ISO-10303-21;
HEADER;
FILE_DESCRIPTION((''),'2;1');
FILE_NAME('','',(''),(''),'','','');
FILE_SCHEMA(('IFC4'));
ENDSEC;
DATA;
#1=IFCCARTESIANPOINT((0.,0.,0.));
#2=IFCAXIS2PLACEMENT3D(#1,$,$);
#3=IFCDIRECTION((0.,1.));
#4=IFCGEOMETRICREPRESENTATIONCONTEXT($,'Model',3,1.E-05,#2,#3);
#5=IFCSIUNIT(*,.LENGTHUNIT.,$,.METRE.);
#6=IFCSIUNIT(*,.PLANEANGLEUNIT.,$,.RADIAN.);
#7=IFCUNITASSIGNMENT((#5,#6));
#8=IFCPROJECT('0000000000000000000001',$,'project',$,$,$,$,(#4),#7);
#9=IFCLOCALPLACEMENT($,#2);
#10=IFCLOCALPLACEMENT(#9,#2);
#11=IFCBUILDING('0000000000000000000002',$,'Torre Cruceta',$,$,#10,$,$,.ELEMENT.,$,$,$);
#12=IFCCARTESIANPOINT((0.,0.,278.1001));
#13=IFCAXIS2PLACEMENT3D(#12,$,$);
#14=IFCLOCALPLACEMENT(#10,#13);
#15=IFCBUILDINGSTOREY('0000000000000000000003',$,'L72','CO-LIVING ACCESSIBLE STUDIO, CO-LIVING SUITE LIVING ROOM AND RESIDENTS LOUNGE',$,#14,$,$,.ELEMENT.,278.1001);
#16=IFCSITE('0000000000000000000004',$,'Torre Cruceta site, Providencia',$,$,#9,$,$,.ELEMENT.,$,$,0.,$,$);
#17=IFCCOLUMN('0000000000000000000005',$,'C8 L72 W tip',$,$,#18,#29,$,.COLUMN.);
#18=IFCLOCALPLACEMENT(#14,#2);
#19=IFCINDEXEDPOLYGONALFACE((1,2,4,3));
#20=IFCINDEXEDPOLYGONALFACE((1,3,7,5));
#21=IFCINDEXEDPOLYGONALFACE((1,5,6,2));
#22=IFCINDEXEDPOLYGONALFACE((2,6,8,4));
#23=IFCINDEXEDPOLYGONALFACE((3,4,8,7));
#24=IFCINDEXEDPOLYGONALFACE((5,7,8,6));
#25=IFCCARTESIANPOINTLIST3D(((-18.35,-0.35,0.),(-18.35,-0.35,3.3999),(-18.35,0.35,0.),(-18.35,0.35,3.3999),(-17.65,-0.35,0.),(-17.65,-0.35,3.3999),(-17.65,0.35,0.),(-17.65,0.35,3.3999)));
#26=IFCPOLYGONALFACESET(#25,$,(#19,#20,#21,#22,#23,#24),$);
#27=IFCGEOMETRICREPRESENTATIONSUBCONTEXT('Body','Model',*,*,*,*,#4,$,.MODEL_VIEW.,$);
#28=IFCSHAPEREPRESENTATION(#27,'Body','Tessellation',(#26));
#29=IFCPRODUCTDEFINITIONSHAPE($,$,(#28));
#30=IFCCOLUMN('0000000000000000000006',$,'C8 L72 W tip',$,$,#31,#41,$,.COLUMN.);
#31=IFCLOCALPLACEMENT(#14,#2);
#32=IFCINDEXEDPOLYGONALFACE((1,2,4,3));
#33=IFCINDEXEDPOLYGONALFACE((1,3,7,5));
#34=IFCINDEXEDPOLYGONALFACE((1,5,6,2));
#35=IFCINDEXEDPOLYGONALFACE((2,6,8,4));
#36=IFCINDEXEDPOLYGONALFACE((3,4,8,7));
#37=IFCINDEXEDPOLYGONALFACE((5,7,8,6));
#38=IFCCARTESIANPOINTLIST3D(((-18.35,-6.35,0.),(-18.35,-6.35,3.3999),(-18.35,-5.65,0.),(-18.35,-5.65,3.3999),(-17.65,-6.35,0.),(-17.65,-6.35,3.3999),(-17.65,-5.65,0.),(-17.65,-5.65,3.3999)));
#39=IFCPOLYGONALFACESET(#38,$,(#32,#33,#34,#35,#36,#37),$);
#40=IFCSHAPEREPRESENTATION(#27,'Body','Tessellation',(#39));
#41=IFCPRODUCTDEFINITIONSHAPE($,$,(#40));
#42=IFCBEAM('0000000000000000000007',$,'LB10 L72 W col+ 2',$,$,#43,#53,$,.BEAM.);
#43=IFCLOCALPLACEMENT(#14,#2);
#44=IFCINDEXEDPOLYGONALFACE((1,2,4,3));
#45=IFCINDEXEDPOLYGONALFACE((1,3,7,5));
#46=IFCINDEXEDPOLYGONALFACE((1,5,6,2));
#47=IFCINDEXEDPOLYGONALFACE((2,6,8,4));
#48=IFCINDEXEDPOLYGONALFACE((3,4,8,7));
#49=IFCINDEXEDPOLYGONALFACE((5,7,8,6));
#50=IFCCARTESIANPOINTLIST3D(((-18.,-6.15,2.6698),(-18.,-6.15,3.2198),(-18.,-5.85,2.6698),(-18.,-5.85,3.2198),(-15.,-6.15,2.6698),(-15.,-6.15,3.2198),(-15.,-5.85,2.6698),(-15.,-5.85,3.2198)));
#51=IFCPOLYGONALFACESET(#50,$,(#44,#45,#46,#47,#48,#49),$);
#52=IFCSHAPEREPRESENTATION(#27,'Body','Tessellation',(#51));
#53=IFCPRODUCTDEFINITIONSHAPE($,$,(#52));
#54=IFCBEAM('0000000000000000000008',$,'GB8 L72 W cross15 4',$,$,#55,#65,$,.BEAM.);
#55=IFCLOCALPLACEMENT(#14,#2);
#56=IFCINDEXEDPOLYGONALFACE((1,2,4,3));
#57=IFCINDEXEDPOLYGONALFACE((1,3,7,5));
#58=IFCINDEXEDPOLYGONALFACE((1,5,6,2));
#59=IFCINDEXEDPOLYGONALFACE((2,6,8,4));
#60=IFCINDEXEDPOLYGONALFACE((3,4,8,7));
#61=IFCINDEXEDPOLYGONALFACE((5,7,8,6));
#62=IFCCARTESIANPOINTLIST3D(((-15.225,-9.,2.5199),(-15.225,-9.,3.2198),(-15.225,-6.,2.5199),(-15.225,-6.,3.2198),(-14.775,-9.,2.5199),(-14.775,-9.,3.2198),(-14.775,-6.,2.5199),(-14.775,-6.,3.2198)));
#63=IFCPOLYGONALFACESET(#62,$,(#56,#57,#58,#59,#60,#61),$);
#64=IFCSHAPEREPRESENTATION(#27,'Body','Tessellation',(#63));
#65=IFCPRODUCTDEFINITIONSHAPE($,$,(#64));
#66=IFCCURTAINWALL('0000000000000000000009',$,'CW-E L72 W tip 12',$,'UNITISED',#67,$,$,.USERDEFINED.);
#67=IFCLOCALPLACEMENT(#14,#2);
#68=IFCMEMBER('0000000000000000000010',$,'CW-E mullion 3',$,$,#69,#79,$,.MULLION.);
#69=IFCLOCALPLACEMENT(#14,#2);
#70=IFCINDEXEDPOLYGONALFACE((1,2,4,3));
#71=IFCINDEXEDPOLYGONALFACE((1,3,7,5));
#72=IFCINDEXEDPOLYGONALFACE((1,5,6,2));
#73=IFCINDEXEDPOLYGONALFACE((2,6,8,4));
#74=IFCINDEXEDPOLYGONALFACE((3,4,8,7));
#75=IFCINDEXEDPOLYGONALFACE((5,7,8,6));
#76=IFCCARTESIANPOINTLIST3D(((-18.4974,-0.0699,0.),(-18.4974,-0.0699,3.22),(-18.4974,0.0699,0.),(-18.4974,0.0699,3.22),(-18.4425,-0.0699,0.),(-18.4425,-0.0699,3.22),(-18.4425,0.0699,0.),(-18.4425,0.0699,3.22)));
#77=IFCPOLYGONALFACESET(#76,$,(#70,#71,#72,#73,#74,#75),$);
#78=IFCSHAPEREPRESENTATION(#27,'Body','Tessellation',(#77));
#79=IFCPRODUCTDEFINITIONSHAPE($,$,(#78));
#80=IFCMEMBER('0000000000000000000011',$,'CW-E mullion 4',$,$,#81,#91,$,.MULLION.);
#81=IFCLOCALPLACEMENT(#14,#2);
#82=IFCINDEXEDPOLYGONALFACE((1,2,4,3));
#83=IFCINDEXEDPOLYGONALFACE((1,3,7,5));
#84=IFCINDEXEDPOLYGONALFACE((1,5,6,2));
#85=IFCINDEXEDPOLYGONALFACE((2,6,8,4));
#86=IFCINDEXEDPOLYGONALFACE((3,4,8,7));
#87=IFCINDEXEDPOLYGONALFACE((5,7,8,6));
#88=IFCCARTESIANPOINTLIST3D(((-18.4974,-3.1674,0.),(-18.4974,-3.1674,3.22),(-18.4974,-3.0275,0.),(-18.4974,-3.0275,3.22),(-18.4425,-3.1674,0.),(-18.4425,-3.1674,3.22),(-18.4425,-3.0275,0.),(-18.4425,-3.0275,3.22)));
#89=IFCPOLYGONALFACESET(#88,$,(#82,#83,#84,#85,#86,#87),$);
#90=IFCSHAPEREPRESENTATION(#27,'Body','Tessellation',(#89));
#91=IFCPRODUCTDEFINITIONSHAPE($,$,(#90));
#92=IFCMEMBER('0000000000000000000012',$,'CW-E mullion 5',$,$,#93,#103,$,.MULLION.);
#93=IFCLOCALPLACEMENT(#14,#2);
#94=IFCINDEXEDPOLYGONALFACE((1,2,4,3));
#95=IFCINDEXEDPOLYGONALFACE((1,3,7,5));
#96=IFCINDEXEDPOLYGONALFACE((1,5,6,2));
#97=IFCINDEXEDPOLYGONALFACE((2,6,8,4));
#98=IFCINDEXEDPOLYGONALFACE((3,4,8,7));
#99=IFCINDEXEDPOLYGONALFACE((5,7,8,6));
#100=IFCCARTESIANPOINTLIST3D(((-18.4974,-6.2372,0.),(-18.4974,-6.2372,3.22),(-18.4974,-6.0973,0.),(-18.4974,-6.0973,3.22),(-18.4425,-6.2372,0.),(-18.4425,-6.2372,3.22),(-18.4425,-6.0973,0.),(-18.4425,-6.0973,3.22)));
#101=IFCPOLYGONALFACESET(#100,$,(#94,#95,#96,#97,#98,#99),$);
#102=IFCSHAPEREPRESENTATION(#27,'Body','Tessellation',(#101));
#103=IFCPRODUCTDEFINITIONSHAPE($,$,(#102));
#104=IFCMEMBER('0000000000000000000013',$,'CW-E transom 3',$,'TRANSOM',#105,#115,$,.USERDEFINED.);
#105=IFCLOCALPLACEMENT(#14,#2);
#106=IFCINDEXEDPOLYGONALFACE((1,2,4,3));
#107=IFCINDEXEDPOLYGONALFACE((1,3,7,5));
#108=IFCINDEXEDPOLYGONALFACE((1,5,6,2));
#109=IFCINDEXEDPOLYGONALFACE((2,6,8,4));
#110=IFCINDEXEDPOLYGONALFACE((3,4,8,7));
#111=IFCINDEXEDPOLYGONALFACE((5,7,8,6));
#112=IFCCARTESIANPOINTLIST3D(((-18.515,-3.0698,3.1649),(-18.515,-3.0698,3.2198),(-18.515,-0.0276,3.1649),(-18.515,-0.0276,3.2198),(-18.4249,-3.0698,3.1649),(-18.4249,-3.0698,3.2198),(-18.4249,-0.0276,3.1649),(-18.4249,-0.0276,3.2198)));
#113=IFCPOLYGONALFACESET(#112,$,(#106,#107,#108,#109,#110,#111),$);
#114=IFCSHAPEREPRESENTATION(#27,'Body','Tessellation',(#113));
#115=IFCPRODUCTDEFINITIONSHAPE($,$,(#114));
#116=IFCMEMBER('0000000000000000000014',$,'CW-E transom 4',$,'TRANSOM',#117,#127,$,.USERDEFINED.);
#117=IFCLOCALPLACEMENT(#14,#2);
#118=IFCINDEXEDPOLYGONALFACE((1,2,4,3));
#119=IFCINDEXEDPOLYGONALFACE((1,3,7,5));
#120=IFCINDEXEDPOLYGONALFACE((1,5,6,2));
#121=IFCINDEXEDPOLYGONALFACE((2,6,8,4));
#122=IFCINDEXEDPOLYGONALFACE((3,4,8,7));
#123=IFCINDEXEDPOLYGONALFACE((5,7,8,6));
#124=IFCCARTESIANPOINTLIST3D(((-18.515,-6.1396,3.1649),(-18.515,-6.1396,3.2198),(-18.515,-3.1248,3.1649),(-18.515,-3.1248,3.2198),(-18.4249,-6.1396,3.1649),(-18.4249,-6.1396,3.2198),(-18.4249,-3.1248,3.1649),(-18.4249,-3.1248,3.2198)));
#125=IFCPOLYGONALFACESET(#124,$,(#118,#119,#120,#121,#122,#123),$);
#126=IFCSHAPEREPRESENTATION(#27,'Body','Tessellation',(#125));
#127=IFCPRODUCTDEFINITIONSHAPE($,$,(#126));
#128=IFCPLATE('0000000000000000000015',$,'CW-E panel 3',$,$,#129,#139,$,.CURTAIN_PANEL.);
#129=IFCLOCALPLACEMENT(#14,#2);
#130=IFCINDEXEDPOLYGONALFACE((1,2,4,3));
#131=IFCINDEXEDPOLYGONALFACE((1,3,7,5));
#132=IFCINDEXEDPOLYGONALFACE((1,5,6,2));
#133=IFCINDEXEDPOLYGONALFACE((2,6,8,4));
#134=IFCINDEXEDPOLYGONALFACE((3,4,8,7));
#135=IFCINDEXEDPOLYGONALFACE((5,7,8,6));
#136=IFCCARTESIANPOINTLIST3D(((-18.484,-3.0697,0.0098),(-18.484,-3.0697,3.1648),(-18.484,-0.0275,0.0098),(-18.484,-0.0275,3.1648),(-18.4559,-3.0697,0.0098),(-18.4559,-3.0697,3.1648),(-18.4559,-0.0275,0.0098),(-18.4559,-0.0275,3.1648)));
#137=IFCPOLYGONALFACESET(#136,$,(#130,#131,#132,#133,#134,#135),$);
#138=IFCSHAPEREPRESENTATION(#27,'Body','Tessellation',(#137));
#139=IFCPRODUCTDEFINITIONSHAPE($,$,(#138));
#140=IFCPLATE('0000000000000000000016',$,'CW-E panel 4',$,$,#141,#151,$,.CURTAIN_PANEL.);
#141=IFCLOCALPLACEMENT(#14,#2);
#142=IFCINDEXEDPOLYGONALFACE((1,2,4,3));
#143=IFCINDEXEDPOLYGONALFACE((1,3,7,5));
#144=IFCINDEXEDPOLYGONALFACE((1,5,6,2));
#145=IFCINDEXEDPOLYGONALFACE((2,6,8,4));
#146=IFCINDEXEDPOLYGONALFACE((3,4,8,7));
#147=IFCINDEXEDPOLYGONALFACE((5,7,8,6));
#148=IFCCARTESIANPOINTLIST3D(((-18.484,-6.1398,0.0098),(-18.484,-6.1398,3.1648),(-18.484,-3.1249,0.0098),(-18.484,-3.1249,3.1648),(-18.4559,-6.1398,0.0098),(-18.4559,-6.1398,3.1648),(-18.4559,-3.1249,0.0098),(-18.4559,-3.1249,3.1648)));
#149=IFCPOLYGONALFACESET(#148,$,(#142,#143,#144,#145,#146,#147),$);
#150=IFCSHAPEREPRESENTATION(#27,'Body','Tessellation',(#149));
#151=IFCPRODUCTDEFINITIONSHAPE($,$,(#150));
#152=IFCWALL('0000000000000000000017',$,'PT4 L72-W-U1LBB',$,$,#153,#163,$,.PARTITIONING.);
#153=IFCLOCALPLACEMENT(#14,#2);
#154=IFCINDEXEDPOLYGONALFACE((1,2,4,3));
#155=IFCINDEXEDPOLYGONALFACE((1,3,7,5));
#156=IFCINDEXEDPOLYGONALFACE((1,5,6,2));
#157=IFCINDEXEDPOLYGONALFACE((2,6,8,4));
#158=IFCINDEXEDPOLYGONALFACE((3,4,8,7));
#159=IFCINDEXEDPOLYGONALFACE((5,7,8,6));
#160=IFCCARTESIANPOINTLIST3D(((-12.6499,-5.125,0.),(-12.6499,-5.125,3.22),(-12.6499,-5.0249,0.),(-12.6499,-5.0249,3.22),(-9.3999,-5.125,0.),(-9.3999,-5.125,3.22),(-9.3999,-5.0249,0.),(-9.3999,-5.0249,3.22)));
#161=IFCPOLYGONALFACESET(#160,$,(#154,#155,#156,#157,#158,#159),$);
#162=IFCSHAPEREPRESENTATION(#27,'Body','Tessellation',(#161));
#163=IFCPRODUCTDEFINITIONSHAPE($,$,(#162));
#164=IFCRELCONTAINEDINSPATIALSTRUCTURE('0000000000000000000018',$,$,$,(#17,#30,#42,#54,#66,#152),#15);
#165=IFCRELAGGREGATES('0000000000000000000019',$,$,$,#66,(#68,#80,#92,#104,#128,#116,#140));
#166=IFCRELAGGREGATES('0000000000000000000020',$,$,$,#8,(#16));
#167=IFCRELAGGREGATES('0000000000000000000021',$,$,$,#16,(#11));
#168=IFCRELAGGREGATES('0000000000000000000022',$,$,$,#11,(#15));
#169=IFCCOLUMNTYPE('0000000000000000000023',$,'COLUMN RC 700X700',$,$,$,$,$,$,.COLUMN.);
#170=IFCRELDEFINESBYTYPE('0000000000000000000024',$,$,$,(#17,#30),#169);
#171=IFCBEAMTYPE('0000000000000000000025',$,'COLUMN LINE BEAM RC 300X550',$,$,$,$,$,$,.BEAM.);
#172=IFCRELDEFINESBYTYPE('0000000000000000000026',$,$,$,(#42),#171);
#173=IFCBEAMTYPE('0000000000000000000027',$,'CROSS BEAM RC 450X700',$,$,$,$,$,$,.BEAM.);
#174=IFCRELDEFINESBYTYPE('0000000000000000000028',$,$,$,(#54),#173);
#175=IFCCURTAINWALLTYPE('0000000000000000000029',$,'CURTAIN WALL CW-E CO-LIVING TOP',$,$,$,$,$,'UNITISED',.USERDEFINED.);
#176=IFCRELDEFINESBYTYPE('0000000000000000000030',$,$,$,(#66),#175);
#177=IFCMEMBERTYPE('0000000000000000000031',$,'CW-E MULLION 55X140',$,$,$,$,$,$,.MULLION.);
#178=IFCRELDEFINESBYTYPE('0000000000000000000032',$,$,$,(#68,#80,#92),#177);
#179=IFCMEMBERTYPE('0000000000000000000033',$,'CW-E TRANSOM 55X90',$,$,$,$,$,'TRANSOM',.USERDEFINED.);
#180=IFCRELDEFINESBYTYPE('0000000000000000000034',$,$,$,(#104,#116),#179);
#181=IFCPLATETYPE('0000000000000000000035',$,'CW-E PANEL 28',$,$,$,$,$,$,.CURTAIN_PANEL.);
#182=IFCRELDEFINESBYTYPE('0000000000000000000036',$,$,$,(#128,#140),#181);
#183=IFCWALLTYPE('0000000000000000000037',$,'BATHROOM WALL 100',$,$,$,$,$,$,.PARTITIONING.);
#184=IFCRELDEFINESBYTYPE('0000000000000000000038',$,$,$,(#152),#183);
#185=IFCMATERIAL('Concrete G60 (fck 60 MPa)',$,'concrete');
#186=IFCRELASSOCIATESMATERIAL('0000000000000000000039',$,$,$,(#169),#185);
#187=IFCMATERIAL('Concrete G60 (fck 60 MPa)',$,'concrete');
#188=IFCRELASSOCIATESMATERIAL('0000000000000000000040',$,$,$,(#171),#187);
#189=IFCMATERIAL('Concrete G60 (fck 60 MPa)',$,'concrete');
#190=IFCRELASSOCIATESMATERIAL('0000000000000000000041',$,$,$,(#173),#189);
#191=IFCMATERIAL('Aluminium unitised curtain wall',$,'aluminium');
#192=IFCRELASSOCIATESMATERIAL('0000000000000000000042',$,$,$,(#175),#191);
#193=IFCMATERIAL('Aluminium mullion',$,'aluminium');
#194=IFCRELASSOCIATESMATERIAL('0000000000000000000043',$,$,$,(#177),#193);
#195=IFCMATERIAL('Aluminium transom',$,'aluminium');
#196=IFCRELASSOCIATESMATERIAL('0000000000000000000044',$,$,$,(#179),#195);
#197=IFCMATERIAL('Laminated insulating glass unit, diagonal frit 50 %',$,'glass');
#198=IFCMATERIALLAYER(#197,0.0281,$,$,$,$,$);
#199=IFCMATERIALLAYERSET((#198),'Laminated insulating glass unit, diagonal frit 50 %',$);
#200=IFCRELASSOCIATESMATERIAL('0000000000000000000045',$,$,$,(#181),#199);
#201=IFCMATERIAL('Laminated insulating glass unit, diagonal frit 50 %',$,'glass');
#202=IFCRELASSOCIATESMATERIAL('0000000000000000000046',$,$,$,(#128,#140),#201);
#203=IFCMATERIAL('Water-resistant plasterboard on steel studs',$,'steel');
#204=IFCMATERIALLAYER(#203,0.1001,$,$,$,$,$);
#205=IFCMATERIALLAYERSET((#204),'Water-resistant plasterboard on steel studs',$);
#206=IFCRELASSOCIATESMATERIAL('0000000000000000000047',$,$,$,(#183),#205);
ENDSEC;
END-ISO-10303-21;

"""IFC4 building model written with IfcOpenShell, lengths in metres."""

from ifc_helpers import new_model, si_unit, direction, frame, frame_2d, origin, origin_2d, place, context, subcontext, project, spatial, rectangle, extrude, material, layer, layer_set, material_profile, profile_set, type_object, element, aggregate, save


model = new_model("IFC4")

# Units and contexts
model_context = context("Model", 3, precision=1e-05, world=origin(), true_north=direction((0.0, 1.0)))
body_context = subcontext(model_context, "Body", "Model", "MODEL_VIEW")
ifc_project = project(units=[si_unit("LENGTHUNIT", "METRE"), si_unit("PLANEANGLEUNIT", "RADIAN")], contexts=[model_context])

# Site, building, storey
site_placement = place(None, origin())
site = spatial("IfcSite", under=ifc_project, at=site_placement, Name="Torre Cruceta site, Providencia", CompositionType="ELEMENT", RefElevation=0.0)
building_placement = place(site_placement, origin())
building = spatial("IfcBuilding", under=site, at=building_placement, Name="Torre Cruceta", CompositionType="ELEMENT")
storey_placement = place(building_placement, frame((0.0, 0.0, 278.1001)))
storey = spatial("IfcBuildingStorey", under=building, at=storey_placement, Name="L72", Description="CO-LIVING ACCESSIBLE STUDIO, CO-LIVING SUITE LIVING ROOM AND RESIDENTS LOUNGE", CompositionType="ELEMENT", Elevation=278.1001)

# Columns
ifc_material_1 = material(Name="Concrete G60 (fck 60 MPa)", Category="concrete")
ifc_material_profile_1 = material_profile(ifc_material_1, rectangle(XDim=0.7, YDim=0.7, at=origin_2d()), Name="RC 700X700")
ifc_profile_set_1 = profile_set([ifc_material_profile_1], Name="Concrete G60 (fck 60 MPa)")
column_type = type_object("IfcColumnType", Name="COLUMN RC 700X700", PredefinedType="COLUMN", material=ifc_profile_set_1)
for number, where, z_axis, x_axis, name in (
    (1, (-18.0, 0.0, 0.0), (0.0, 0.0, 1.0), (1.0, 0.0, 0.0), "C8 L72 W tip"),
    (2, (-18.0, -6.0, 0.0), (0.0, 0.0, 1.0), (1.0, 0.0, 0.0), "C8 L72 W tip"),
):
    element("IfcColumn", number, at=place(storey_placement, frame(where, z_axis=z_axis, x_axis=x_axis)), inside=storey, type_object=column_type, Name=name, PredefinedType="COLUMN", context=body_context, shape_type="SweptSolid", body=[
        extrude(rectangle(XDim=0.7, YDim=0.7, at=origin_2d()), origin(), (0.0, 0.0, 1.0), 3.3999),
    ])

# Beams
ifc_material_2 = material(Name="Concrete G60 (fck 60 MPa)", Category="concrete")
ifc_material_profile_2 = material_profile(ifc_material_2, rectangle(XDim=0.3, YDim=0.55, at=origin_2d()), Name="RC 300X550")
ifc_profile_set_2 = profile_set([ifc_material_profile_2], Name="Concrete G60 (fck 60 MPa)")
beam_type_1 = type_object("IfcBeamType", Name="COLUMN LINE BEAM RC 300X550", PredefinedType="BEAM", material=ifc_profile_set_2)
beam_1_placement = place(storey_placement, frame((-15.0, -6.0, 2.9448), z_axis=(-1.0, 0.0, 0.0), x_axis=(0.0, -1.0, 0.0)))
element("IfcBeam", 3, at=beam_1_placement, inside=storey, type_object=beam_type_1, Name="LB10 L72 W col+ 2", PredefinedType="BEAM", context=body_context, shape_type="SweptSolid", body=[
    extrude(rectangle(XDim=0.3, YDim=0.55, at=origin_2d()), origin(), (0.0, 0.0, 1.0), 3.0),
])
ifc_material_3 = material(Name="Concrete G60 (fck 60 MPa)", Category="concrete")
ifc_material_profile_3 = material_profile(ifc_material_3, rectangle(XDim=0.45, YDim=0.7, at=origin_2d()), Name="RC 450X700")
ifc_profile_set_3 = profile_set([ifc_material_profile_3], Name="Concrete G60 (fck 60 MPa)")
beam_type_2 = type_object("IfcBeamType", Name="CROSS BEAM RC 450X700", PredefinedType="BEAM", material=ifc_profile_set_3)
beam_2_placement = place(storey_placement, frame((-15.0, -6.0, 2.8699), z_axis=(0.0, -1.0, 0.0), x_axis=(1.0, 0.0, 0.0)))
element("IfcBeam", 4, at=beam_2_placement, inside=storey, type_object=beam_type_2, Name="GB8 L72 W cross15 4", PredefinedType="BEAM", context=body_context, shape_type="SweptSolid", body=[
    extrude(rectangle(XDim=0.45, YDim=0.7, at=origin_2d()), origin(), (0.0, 0.0, 1.0), 3.0),
])

# Curtain wall, members, plates
ifc_material_4 = material(Name="Aluminium unitised curtain wall", Category="aluminium")
curtain_wall_type = type_object("IfcCurtainWallType", Name="CURTAIN WALL CW-E CO-LIVING TOP", ElementType="UNITISED", PredefinedType="USERDEFINED", material=ifc_material_4)
curtain_wall_placement = place(storey_placement, origin())
curtain_wall = element("IfcCurtainWall", 5, at=curtain_wall_placement, inside=storey, type_object=curtain_wall_type, Name="CW-E L72 W tip 12", ObjectType="UNITISED", PredefinedType="USERDEFINED")
ifc_material_5 = material(Name="Aluminium mullion", Category="aluminium")
ifc_material_profile_4 = material_profile(ifc_material_5, rectangle(XDim=0.0549, YDim=0.1399, at=origin_2d()), Name="AL 55X140")
ifc_profile_set_4 = profile_set([ifc_material_profile_4], Name="Aluminium mullion")
member_type_1 = type_object("IfcMemberType", Name="CW-E MULLION 55X140", PredefinedType="MULLION", material=ifc_profile_set_4)
member_1_placement = place(storey_placement, frame((-18.47, 0.0, 0.0), z_axis=(0.0, 0.0, 1.0), x_axis=(1.0, 0.0, 0.0)))
member_1 = element("IfcMember", 6, at=member_1_placement, type_object=member_type_1, Name="CW-E mullion 3", PredefinedType="MULLION", context=body_context, shape_type="SweptSolid", body=[
    extrude(rectangle(XDim=0.0549, YDim=0.1399, at=origin_2d()), origin(), (0.0, 0.0, 1.0), 3.22),
])
member_2_placement = place(storey_placement, frame((-18.47, -3.0974, 0.0), z_axis=(0.0, 0.0, 1.0), x_axis=(1.0, 0.0, 0.0)))
member_2 = element("IfcMember", 7, at=member_2_placement, type_object=member_type_1, Name="CW-E mullion 4", PredefinedType="MULLION", context=body_context, shape_type="SweptSolid", body=[
    extrude(rectangle(XDim=0.0549, YDim=0.1399, at=origin_2d()), origin(), (0.0, 0.0, 1.0), 3.22),
])
member_3_placement = place(storey_placement, frame((-18.47, -6.1672, 0.0), z_axis=(0.0, 0.0, 1.0), x_axis=(1.0, 0.0, 0.0)))
member_3 = element("IfcMember", 8, at=member_3_placement, type_object=member_type_1, Name="CW-E mullion 5", PredefinedType="MULLION", context=body_context, shape_type="SweptSolid", body=[
    extrude(rectangle(XDim=0.0549, YDim=0.1399, at=origin_2d()), origin(), (0.0, 0.0, 1.0), 3.22),
])
ifc_material_6 = material(Name="Aluminium transom", Category="aluminium")
ifc_material_profile_5 = material_profile(ifc_material_6, rectangle(XDim=0.0901, YDim=0.0549, at=origin_2d()), Name="AL 90X55")
ifc_profile_set_5 = profile_set([ifc_material_profile_5], Name="Aluminium transom")
member_type_2 = type_object("IfcMemberType", Name="CW-E TRANSOM 55X90", ElementType="TRANSOM", PredefinedType="USERDEFINED", material=ifc_profile_set_5)
member_4_placement = place(storey_placement, frame((-18.47, -0.0276, 3.1924), z_axis=(0.0, -1.0, 0.0), x_axis=(1.0, 0.0, 0.0)))
member_4 = element("IfcMember", 9, at=member_4_placement, type_object=member_type_2, Name="CW-E transom 3", ObjectType="TRANSOM", PredefinedType="USERDEFINED", context=body_context, shape_type="SweptSolid", body=[
    extrude(rectangle(XDim=0.0901, YDim=0.0549, at=origin_2d()), origin(), (0.0, 0.0, 1.0), 3.0422),
])
member_5_placement = place(storey_placement, frame((-18.47, -3.1248, 3.1924), z_axis=(0.0, -1.0, 0.0), x_axis=(1.0, 0.0, 0.0)))
member_5 = element("IfcMember", 10, at=member_5_placement, type_object=member_type_2, Name="CW-E transom 4", ObjectType="TRANSOM", PredefinedType="USERDEFINED", context=body_context, shape_type="SweptSolid", body=[
    extrude(rectangle(XDim=0.0901, YDim=0.0549, at=origin_2d()), origin(), (0.0, 0.0, 1.0), 3.0149),
])
ifc_material_7 = material(Name="Laminated insulating glass unit, diagonal frit 50 %", Category="glass")
ifc_material_8 = material(Name="Laminated insulating glass unit, diagonal frit 50 %", Category="glass")
ifc_layer_1 = layer(ifc_material_8, 0.0281)
ifc_layer_set_1 = layer_set([ifc_layer_1], Name="Laminated insulating glass unit, diagonal frit 50 %")
plate_type = type_object("IfcPlateType", Name="CW-E PANEL 28", PredefinedType="CURTAIN_PANEL", material=ifc_layer_set_1)
plate_1_placement = place(storey_placement, frame((-18.47, -1.5486, 0.0098), z_axis=(0.0, 0.0, 1.0), x_axis=(0.0, -1.0, 0.0)))
plate_1 = element("IfcPlate", 11, at=plate_1_placement, type_object=plate_type, material=ifc_material_7, Name="CW-E panel 3", PredefinedType="CURTAIN_PANEL", context=body_context, shape_type="SweptSolid", body=[
    extrude(rectangle(XDim=3.0422, YDim=0.0281, at=origin_2d()), origin(), (0.0, 0.0, 1.0), 3.155),
])
plate_2_placement = place(storey_placement, frame((-18.47, -4.6323, 0.0098), z_axis=(0.0, 0.0, 1.0), x_axis=(0.0, -1.0, 0.0)))
plate_2 = element("IfcPlate", 12, at=plate_2_placement, type_object=plate_type, material=ifc_material_7, Name="CW-E panel 4", PredefinedType="CURTAIN_PANEL", context=body_context, shape_type="SweptSolid", body=[
    extrude(rectangle(XDim=3.0149, YDim=0.0281, at=origin_2d()), origin(), (0.0, 0.0, 1.0), 3.155),
])
aggregate(curtain_wall, [member_1, member_2, member_3, member_4, plate_1, member_5, plate_2])

# Wall
ifc_material_9 = material(Name="Water-resistant plasterboard on steel studs", Category="steel")
ifc_layer_2 = layer(ifc_material_9, 0.1001)
ifc_layer_set_2 = layer_set([ifc_layer_2], Name="Water-resistant plasterboard on steel studs")
wall_type_1 = type_object("IfcWallType", Name="BATHROOM WALL 100", PredefinedType="PARTITIONING", material=ifc_layer_set_2)
wall_1_placement = place(storey_placement, frame((-9.3999, -5.075, 0.0), z_axis=(0.0, 0.0, 1.0), x_axis=(-1.0, 0.0, 0.0)))
element("IfcWall", 13, at=wall_1_placement, inside=storey, type_object=wall_type_1, Name="PT4 L72-W-U1LBB", PredefinedType="PARTITIONING", context=body_context, shape_type="SweptSolid", body=[
    extrude(rectangle(XDim=3.25, YDim=0.1001, at=frame_2d((1.625, 0.0))), origin(), (0.0, 0.0, 1.0), 3.22),
])

save(model, "model.ifc")
